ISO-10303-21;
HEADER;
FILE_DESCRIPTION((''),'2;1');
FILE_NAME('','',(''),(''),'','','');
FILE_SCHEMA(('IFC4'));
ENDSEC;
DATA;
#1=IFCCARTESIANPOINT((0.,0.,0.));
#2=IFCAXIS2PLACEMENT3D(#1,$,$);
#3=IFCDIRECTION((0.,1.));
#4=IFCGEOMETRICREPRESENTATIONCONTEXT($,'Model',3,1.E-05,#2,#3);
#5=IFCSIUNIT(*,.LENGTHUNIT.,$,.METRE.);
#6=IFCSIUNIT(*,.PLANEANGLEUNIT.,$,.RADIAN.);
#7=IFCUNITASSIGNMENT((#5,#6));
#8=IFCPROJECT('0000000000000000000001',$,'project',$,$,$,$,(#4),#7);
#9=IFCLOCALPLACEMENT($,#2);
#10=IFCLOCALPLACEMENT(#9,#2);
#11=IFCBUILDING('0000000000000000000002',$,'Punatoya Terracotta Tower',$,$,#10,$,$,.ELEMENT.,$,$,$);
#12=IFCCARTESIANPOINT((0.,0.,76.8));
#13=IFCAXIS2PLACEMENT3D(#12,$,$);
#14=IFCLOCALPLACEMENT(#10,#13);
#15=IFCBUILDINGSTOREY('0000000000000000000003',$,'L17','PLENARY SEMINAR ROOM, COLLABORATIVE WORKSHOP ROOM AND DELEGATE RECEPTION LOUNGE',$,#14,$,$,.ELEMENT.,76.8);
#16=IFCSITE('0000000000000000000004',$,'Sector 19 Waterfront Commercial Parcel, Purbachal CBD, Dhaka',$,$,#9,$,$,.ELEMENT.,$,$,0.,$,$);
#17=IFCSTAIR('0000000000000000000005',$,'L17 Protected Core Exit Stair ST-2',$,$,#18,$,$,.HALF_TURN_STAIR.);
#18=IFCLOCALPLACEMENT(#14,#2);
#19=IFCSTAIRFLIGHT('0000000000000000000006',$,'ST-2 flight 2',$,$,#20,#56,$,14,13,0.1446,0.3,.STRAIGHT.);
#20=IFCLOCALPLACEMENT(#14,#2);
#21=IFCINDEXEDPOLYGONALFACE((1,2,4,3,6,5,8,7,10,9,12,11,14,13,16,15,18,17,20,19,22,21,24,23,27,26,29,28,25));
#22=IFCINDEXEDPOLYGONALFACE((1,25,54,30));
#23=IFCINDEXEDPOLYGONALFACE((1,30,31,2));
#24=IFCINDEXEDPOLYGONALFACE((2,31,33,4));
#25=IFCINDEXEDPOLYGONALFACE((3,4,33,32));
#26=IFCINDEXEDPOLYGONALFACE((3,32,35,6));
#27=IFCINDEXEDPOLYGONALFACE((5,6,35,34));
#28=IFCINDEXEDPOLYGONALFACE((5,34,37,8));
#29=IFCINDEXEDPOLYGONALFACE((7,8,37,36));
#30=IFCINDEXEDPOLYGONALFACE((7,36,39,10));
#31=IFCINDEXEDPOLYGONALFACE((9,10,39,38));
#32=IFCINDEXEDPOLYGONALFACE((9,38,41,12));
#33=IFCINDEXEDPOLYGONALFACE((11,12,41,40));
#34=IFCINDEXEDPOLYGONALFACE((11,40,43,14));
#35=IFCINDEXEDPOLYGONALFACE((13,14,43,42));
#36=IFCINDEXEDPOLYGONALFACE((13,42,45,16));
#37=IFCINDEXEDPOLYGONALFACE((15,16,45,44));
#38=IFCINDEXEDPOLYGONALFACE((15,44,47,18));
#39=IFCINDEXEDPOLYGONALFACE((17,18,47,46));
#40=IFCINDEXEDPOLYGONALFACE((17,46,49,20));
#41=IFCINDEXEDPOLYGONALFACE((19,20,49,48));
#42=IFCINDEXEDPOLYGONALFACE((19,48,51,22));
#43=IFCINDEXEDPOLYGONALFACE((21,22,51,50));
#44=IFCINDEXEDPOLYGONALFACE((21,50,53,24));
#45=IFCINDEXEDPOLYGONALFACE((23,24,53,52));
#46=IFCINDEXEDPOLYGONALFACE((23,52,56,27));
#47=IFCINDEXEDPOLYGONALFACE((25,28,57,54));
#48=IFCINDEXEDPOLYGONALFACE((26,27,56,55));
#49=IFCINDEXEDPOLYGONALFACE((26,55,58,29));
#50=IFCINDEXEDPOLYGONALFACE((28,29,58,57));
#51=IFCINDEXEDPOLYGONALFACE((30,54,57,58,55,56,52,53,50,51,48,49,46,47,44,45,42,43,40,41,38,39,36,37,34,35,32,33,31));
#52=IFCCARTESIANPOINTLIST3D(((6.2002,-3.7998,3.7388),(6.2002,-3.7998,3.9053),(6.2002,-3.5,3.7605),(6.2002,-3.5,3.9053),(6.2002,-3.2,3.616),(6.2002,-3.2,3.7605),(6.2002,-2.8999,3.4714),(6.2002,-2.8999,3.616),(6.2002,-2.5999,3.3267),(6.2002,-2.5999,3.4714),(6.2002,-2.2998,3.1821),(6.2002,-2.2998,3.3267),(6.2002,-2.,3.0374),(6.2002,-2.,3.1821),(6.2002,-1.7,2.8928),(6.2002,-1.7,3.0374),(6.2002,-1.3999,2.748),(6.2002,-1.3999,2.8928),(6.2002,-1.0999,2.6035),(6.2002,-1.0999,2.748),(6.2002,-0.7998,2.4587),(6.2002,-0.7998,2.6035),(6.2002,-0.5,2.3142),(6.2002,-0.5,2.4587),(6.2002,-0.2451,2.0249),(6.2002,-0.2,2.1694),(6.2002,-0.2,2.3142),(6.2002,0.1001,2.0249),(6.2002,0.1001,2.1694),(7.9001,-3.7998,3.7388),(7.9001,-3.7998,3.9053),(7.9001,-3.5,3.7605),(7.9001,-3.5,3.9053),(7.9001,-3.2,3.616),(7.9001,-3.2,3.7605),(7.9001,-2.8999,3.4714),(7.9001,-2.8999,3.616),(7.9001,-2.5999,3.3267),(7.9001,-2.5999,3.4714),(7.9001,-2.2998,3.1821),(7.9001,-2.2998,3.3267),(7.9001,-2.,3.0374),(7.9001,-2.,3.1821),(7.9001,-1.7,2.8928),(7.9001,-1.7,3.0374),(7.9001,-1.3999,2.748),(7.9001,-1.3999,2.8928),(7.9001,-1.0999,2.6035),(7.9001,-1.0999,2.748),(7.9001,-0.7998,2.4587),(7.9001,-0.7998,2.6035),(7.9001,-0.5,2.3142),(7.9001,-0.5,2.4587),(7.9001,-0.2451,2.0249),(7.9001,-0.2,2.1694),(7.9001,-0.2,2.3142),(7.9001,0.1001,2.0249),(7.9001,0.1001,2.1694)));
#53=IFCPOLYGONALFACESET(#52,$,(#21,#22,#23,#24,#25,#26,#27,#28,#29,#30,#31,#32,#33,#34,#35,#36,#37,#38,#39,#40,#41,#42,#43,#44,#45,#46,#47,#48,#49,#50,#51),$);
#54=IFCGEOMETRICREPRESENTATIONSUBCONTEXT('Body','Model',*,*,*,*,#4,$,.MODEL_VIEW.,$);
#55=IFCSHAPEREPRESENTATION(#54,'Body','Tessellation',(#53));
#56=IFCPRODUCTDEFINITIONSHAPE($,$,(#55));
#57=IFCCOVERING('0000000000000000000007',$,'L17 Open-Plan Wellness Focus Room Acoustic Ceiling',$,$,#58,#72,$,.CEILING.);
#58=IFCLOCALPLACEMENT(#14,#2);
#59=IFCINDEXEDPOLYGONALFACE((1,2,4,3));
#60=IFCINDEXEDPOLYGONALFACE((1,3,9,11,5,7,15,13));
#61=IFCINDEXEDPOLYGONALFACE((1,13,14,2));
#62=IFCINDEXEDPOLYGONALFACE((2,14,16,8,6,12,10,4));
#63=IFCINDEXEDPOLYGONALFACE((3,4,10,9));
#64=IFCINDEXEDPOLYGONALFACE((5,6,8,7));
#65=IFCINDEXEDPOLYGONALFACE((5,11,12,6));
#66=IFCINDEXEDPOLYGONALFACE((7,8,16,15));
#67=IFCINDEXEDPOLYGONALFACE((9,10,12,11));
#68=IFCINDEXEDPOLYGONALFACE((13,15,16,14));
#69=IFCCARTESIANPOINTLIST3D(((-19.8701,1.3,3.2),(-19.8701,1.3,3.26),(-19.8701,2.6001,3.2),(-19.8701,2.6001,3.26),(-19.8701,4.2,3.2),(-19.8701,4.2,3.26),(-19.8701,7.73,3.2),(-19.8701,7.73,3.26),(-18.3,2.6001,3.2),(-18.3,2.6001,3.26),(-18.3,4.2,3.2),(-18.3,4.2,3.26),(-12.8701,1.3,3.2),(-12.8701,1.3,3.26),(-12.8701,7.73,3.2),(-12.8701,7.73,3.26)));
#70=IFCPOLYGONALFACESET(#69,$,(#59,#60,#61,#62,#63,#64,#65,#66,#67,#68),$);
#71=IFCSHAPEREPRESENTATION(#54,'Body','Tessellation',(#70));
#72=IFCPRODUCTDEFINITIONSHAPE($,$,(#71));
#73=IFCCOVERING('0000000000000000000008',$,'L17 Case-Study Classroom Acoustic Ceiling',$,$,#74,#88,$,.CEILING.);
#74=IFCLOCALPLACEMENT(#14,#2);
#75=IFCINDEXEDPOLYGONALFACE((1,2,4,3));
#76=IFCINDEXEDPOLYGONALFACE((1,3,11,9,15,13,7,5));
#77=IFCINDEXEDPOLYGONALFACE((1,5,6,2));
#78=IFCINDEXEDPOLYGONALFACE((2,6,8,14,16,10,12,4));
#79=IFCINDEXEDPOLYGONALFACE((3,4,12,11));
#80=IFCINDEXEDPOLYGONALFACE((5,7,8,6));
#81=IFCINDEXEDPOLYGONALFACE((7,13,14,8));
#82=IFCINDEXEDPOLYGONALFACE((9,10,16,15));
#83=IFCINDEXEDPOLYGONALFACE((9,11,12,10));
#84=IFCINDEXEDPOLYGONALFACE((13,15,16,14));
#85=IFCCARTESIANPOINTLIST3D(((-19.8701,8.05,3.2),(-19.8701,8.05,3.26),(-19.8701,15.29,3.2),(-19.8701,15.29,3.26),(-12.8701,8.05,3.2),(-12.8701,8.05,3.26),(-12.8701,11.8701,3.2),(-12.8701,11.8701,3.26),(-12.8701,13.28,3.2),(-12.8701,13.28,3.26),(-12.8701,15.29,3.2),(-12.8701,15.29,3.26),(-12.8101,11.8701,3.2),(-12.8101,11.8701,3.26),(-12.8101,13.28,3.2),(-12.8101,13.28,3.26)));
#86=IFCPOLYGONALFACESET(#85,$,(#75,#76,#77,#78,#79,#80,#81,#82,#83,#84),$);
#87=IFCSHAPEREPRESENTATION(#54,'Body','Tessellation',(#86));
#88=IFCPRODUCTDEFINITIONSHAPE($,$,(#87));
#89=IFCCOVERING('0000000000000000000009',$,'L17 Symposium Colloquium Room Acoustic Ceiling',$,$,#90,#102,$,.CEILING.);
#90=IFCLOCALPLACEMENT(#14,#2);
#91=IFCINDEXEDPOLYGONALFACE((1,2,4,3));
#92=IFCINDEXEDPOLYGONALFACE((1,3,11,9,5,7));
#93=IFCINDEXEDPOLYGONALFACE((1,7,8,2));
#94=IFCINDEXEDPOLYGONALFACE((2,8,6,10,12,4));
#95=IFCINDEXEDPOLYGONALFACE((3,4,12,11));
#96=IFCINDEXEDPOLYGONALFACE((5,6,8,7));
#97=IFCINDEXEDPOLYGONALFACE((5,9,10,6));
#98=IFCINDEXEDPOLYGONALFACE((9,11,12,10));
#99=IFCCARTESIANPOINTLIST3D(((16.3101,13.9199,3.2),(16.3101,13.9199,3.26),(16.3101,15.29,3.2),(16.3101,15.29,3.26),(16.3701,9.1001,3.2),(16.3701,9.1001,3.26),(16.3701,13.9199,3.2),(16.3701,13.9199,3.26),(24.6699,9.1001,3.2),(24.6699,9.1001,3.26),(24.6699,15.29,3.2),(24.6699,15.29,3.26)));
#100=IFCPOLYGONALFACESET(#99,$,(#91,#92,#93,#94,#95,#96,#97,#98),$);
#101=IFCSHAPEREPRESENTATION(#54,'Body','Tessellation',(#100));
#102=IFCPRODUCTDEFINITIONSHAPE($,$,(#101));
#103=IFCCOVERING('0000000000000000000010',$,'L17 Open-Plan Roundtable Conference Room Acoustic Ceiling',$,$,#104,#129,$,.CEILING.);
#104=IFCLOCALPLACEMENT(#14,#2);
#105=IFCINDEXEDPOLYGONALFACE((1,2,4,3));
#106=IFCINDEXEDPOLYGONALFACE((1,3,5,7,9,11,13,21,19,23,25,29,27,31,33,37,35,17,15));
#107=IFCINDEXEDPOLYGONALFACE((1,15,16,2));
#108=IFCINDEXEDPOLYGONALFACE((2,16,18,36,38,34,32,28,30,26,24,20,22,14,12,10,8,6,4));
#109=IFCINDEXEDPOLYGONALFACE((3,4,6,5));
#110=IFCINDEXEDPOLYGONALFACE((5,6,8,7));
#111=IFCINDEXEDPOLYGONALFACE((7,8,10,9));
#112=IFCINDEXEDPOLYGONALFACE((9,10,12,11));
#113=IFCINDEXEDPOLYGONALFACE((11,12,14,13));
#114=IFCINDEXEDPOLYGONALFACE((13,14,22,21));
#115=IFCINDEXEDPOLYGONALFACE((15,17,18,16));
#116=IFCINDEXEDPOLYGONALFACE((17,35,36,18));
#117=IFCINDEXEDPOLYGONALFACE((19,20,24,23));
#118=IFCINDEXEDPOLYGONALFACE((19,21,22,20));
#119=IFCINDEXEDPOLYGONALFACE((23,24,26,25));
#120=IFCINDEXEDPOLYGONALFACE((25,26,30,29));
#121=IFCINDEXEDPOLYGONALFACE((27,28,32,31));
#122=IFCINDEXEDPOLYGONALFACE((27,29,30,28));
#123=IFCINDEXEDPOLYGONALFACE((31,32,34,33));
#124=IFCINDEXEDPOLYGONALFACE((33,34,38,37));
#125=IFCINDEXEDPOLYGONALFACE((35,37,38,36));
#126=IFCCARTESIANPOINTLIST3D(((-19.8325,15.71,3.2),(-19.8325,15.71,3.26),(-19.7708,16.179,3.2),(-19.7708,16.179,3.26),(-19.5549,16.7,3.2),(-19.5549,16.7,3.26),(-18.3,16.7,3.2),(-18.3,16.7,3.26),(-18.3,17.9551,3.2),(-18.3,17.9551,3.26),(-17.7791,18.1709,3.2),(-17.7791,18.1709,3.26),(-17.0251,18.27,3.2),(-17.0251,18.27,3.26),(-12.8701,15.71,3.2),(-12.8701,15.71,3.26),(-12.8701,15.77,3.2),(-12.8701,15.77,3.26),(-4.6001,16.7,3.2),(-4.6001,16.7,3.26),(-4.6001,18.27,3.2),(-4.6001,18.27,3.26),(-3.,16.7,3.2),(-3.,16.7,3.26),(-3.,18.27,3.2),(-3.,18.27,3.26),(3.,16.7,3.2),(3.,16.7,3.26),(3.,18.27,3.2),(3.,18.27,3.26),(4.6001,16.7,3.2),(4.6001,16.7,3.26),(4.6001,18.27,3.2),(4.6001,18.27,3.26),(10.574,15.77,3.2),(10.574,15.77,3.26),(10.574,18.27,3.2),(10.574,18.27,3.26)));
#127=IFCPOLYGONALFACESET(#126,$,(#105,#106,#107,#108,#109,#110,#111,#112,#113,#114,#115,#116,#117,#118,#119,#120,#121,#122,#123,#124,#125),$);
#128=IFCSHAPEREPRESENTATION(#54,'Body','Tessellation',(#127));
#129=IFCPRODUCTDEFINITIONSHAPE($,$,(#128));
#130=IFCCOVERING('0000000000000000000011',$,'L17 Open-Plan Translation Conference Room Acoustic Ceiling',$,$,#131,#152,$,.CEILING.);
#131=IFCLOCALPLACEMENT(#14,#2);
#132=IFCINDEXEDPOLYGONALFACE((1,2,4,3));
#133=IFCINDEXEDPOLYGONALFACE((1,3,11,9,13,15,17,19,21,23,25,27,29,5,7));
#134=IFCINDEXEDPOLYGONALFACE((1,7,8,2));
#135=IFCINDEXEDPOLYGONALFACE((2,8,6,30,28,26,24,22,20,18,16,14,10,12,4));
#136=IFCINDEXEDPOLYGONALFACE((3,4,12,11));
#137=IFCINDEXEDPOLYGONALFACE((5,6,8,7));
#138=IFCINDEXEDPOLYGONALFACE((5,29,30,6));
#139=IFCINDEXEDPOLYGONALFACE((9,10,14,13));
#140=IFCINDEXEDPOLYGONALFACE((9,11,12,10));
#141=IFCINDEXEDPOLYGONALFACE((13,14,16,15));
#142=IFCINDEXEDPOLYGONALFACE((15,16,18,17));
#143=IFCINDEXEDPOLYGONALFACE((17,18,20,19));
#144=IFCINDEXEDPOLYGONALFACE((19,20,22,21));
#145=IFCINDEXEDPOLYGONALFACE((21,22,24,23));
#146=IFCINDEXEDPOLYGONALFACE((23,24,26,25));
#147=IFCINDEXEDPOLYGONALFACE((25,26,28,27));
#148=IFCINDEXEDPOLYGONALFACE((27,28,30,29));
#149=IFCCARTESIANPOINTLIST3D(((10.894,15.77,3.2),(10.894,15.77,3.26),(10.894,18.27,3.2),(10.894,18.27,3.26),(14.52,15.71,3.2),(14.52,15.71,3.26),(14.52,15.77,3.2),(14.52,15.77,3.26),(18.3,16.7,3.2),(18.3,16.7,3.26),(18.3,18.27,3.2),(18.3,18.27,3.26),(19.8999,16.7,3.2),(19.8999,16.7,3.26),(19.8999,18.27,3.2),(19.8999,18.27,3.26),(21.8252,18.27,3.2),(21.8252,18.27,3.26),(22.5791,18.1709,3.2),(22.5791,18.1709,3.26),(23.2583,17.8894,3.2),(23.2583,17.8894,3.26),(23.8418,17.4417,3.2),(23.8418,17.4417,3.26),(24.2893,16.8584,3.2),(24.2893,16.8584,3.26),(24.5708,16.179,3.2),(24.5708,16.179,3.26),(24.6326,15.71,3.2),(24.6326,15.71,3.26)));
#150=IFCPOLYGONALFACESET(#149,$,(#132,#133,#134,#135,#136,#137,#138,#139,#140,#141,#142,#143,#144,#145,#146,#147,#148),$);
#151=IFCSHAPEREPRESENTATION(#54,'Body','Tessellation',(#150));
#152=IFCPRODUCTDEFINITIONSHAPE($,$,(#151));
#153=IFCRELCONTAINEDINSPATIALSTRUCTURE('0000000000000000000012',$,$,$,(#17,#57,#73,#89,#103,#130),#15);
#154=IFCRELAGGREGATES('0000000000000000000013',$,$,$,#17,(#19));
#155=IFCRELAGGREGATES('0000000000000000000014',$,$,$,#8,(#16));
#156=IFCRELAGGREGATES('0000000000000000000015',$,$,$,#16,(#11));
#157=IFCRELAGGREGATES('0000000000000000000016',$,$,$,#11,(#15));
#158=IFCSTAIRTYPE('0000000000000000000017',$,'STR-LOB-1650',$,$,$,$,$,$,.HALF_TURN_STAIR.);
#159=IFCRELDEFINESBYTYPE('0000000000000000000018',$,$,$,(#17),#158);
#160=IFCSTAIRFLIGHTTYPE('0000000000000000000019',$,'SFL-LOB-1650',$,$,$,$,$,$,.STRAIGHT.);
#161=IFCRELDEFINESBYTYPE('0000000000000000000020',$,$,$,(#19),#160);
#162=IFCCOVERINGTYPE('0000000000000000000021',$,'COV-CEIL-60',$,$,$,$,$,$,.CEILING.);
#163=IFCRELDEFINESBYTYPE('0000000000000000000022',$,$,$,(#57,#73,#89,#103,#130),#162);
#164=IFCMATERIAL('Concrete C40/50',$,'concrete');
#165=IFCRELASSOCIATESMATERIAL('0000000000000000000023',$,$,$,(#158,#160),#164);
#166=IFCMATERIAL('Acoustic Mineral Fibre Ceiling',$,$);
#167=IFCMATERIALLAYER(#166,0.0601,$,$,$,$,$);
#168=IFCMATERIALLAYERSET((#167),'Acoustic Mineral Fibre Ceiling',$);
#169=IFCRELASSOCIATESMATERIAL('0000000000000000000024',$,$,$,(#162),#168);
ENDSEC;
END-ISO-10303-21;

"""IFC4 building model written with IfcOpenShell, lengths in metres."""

from ifc_helpers import new_model, si_unit, direction, frame, origin, place, context, subcontext, project, spatial, polyline, outline, extrude, material, layer, layer_set, type_object, element, aggregate, save


model = new_model("IFC4")

# Units and contexts
model_context = context("Model", 3, precision=1e-05, world=origin(), true_north=direction((0.0, 1.0)))
body_context = subcontext(model_context, "Body", "Model", "MODEL_VIEW")
ifc_project = project(units=[si_unit("LENGTHUNIT", "METRE"), si_unit("PLANEANGLEUNIT", "RADIAN")], contexts=[model_context])

# Site, building, storey
site_placement = place(None, origin())
site = spatial("IfcSite", under=ifc_project, at=site_placement, Name="Sector 19 Waterfront Commercial Parcel, Purbachal CBD, Dhaka", CompositionType="ELEMENT", RefElevation=0.0)
building_placement = place(site_placement, origin())
building = spatial("IfcBuilding", under=site, at=building_placement, Name="Punatoya Terracotta Tower", CompositionType="ELEMENT")
storey_placement = place(building_placement, frame((0.0, 0.0, 76.8)))
storey = spatial("IfcBuildingStorey", under=building, at=storey_placement, Name="L17", Description="PLENARY SEMINAR ROOM, COLLABORATIVE WORKSHOP ROOM AND DELEGATE RECEPTION LOUNGE", CompositionType="ELEMENT", Elevation=76.8)

# Shared definitions
ifc_material_1 = material(Name="Concrete C40/50", Category="concrete")

# Stair, stair flight
stair_type = type_object("IfcStairType", Name="STR-LOB-1650", PredefinedType="HALF_TURN_STAIR", material=ifc_material_1)
stair_placement = place(storey_placement, origin())
stair = element("IfcStair", 1, at=stair_placement, inside=storey, type_object=stair_type, Name="L17 Protected Core Exit Stair ST-2", PredefinedType="HALF_TURN_STAIR")
stair_flight_type = type_object("IfcStairFlightType", Name="SFL-LOB-1650", PredefinedType="STRAIGHT", material=ifc_material_1)
stair_flight_placement = place(storey_placement, frame((7.05, 0.1001, 2.0249), z_axis=(0.0, 0.0, 1.0), x_axis=(0.0, -1.0, 0.0)))
stair_flight = element("IfcStairFlight", 2, at=stair_flight_placement, type_object=stair_flight_type, Name="ST-2 flight 2", NumberOfRisers=14, NumberOfTreads=13, PredefinedType="STRAIGHT", RiserHeight=0.1446, TreadLength=0.3, context=body_context, shape_type="SweptSolid", body=[
    extrude(outline(polyline([(0.0, 0.0), (0.0, 0.1445), (0.3, 0.1445), (0.3, 0.2893), (0.6001, 0.2893), (0.6001, 0.4338), (0.8999, 0.4338), (0.8999, 0.5786), (1.2, 0.5786), (1.2, 0.7231), (1.5, 0.7231), (1.5, 0.8679), (1.8, 0.8679), (1.8, 1.0125), (2.1001, 1.0125), (2.1001, 1.1572), (2.3999, 1.1572), (2.3999, 1.3018), (2.7, 1.3018), (2.7, 1.4465), (3.0, 1.4465), (3.0, 1.5911), (3.3, 1.5911), (3.3, 1.7356), (3.6001, 1.7356), (3.6001, 1.8804), (3.8999, 1.8804), (3.8999, 2.0249), (3.8999, 1.7139), (0.3452, 0.0), (0.0, 0.0)])), frame((0.0, 0.8501, 0.0), z_axis=(0.0, -1.0, 0.0), x_axis=(1.0, 0.0, 0.0)), (0.0, 0.0, 1.0), 1.7),
])
aggregate(stair, [stair_flight])

# Coverings
ifc_material_2 = material(Name="Acoustic Mineral Fibre Ceiling")
ifc_layer_1 = layer(ifc_material_2, 0.0601)
ifc_layer_set_1 = layer_set([ifc_layer_1], Name="Acoustic Mineral Fibre Ceiling")
covering_type = type_object("IfcCoveringType", Name="COV-CEIL-60", PredefinedType="CEILING", material=ifc_layer_set_1)
covering_1_placement = place(storey_placement, frame((0.0, 0.0, 3.2)))
element("IfcCovering", 3, at=covering_1_placement, inside=storey, type_object=covering_type, Name="L17 Open-Plan Wellness Focus Room Acoustic Ceiling", PredefinedType="CEILING", context=body_context, shape_type="SweptSolid", body=[
    extrude(outline(polyline([(-19.8701, 1.3), (-12.8701, 1.3), (-12.8701, 7.73), (-19.8701, 7.73), (-19.8701, 4.2), (-18.3, 4.2), (-18.3, 2.6001), (-19.8701, 2.6001), (-19.8701, 1.3)])), origin(), (0.0, 0.0, 1.0), 0.0601),
])
covering_2_placement = place(storey_placement, frame((0.0, 0.0, 3.2)))
element("IfcCovering", 4, at=covering_2_placement, inside=storey, type_object=covering_type, Name="L17 Case-Study Classroom Acoustic Ceiling", PredefinedType="CEILING", context=body_context, shape_type="SweptSolid", body=[
    extrude(outline(polyline([(-12.8701, 11.8701), (-12.8101, 11.8701), (-12.8101, 13.28), (-12.8701, 13.28), (-12.8701, 15.29), (-19.8701, 15.29), (-19.8701, 8.05), (-12.8701, 8.05), (-12.8701, 11.8701)])), origin(), (0.0, 0.0, 1.0), 0.0601),
])
covering_3_placement = place(storey_placement, frame((0.0, 0.0, 3.2)))
element("IfcCovering", 5, at=covering_3_placement, inside=storey, type_object=covering_type, Name="L17 Symposium Colloquium Room Acoustic Ceiling", PredefinedType="CEILING", context=body_context, shape_type="SweptSolid", body=[
    extrude(outline(polyline([(16.3101, 13.9199), (16.3701, 13.9199), (16.3701, 9.1001), (24.6699, 9.1001), (24.6699, 15.29), (16.3101, 15.29), (16.3101, 13.9199)])), origin(), (0.0, 0.0, 1.0), 0.0601),
])
covering_4_placement = place(storey_placement, frame((0.0, 0.0, 3.2)))
element("IfcCovering", 6, at=covering_4_placement, inside=storey, type_object=covering_type, Name="L17 Open-Plan Roundtable Conference Room Acoustic Ceiling", PredefinedType="CEILING", context=body_context, shape_type="SweptSolid", body=[
    extrude(outline(polyline([(-12.8701, 15.71), (-12.8701, 15.77), (10.574, 15.77), (10.574, 18.27), (4.6001, 18.27), (4.6001, 16.7), (3.0, 16.7), (3.0, 18.27), (-3.0, 18.27), (-3.0, 16.7), (-4.6001, 16.7), (-4.6001, 18.27), (-17.0251, 18.27), (-17.7791, 18.1709), (-18.3, 17.9551), (-18.3, 16.7), (-19.5549, 16.7), (-19.7708, 16.179), (-19.8325, 15.71), (-12.8701, 15.71)])), origin(), (0.0, 0.0, 1.0), 0.0601),
])
covering_5_placement = place(storey_placement, frame((0.0, 0.0, 3.2)))
element("IfcCovering", 7, at=covering_5_placement, inside=storey, type_object=covering_type, Name="L17 Open-Plan Translation Conference Room Acoustic Ceiling", PredefinedType="CEILING", context=body_context, shape_type="SweptSolid", body=[
    extrude(outline(polyline([(14.52, 15.71), (24.6326, 15.71), (24.5708, 16.179), (24.2893, 16.8584), (23.8418, 17.4417), (23.2583, 17.8894), (22.5791, 18.1709), (21.8252, 18.27), (19.8999, 18.27), (19.8999, 16.7), (18.3, 16.7), (18.3, 18.27), (10.894, 18.27), (10.894, 15.77), (14.52, 15.77), (14.52, 15.71)])), origin(), (0.0, 0.0, 1.0), 0.0601),
])

save(model, "model.ifc")
